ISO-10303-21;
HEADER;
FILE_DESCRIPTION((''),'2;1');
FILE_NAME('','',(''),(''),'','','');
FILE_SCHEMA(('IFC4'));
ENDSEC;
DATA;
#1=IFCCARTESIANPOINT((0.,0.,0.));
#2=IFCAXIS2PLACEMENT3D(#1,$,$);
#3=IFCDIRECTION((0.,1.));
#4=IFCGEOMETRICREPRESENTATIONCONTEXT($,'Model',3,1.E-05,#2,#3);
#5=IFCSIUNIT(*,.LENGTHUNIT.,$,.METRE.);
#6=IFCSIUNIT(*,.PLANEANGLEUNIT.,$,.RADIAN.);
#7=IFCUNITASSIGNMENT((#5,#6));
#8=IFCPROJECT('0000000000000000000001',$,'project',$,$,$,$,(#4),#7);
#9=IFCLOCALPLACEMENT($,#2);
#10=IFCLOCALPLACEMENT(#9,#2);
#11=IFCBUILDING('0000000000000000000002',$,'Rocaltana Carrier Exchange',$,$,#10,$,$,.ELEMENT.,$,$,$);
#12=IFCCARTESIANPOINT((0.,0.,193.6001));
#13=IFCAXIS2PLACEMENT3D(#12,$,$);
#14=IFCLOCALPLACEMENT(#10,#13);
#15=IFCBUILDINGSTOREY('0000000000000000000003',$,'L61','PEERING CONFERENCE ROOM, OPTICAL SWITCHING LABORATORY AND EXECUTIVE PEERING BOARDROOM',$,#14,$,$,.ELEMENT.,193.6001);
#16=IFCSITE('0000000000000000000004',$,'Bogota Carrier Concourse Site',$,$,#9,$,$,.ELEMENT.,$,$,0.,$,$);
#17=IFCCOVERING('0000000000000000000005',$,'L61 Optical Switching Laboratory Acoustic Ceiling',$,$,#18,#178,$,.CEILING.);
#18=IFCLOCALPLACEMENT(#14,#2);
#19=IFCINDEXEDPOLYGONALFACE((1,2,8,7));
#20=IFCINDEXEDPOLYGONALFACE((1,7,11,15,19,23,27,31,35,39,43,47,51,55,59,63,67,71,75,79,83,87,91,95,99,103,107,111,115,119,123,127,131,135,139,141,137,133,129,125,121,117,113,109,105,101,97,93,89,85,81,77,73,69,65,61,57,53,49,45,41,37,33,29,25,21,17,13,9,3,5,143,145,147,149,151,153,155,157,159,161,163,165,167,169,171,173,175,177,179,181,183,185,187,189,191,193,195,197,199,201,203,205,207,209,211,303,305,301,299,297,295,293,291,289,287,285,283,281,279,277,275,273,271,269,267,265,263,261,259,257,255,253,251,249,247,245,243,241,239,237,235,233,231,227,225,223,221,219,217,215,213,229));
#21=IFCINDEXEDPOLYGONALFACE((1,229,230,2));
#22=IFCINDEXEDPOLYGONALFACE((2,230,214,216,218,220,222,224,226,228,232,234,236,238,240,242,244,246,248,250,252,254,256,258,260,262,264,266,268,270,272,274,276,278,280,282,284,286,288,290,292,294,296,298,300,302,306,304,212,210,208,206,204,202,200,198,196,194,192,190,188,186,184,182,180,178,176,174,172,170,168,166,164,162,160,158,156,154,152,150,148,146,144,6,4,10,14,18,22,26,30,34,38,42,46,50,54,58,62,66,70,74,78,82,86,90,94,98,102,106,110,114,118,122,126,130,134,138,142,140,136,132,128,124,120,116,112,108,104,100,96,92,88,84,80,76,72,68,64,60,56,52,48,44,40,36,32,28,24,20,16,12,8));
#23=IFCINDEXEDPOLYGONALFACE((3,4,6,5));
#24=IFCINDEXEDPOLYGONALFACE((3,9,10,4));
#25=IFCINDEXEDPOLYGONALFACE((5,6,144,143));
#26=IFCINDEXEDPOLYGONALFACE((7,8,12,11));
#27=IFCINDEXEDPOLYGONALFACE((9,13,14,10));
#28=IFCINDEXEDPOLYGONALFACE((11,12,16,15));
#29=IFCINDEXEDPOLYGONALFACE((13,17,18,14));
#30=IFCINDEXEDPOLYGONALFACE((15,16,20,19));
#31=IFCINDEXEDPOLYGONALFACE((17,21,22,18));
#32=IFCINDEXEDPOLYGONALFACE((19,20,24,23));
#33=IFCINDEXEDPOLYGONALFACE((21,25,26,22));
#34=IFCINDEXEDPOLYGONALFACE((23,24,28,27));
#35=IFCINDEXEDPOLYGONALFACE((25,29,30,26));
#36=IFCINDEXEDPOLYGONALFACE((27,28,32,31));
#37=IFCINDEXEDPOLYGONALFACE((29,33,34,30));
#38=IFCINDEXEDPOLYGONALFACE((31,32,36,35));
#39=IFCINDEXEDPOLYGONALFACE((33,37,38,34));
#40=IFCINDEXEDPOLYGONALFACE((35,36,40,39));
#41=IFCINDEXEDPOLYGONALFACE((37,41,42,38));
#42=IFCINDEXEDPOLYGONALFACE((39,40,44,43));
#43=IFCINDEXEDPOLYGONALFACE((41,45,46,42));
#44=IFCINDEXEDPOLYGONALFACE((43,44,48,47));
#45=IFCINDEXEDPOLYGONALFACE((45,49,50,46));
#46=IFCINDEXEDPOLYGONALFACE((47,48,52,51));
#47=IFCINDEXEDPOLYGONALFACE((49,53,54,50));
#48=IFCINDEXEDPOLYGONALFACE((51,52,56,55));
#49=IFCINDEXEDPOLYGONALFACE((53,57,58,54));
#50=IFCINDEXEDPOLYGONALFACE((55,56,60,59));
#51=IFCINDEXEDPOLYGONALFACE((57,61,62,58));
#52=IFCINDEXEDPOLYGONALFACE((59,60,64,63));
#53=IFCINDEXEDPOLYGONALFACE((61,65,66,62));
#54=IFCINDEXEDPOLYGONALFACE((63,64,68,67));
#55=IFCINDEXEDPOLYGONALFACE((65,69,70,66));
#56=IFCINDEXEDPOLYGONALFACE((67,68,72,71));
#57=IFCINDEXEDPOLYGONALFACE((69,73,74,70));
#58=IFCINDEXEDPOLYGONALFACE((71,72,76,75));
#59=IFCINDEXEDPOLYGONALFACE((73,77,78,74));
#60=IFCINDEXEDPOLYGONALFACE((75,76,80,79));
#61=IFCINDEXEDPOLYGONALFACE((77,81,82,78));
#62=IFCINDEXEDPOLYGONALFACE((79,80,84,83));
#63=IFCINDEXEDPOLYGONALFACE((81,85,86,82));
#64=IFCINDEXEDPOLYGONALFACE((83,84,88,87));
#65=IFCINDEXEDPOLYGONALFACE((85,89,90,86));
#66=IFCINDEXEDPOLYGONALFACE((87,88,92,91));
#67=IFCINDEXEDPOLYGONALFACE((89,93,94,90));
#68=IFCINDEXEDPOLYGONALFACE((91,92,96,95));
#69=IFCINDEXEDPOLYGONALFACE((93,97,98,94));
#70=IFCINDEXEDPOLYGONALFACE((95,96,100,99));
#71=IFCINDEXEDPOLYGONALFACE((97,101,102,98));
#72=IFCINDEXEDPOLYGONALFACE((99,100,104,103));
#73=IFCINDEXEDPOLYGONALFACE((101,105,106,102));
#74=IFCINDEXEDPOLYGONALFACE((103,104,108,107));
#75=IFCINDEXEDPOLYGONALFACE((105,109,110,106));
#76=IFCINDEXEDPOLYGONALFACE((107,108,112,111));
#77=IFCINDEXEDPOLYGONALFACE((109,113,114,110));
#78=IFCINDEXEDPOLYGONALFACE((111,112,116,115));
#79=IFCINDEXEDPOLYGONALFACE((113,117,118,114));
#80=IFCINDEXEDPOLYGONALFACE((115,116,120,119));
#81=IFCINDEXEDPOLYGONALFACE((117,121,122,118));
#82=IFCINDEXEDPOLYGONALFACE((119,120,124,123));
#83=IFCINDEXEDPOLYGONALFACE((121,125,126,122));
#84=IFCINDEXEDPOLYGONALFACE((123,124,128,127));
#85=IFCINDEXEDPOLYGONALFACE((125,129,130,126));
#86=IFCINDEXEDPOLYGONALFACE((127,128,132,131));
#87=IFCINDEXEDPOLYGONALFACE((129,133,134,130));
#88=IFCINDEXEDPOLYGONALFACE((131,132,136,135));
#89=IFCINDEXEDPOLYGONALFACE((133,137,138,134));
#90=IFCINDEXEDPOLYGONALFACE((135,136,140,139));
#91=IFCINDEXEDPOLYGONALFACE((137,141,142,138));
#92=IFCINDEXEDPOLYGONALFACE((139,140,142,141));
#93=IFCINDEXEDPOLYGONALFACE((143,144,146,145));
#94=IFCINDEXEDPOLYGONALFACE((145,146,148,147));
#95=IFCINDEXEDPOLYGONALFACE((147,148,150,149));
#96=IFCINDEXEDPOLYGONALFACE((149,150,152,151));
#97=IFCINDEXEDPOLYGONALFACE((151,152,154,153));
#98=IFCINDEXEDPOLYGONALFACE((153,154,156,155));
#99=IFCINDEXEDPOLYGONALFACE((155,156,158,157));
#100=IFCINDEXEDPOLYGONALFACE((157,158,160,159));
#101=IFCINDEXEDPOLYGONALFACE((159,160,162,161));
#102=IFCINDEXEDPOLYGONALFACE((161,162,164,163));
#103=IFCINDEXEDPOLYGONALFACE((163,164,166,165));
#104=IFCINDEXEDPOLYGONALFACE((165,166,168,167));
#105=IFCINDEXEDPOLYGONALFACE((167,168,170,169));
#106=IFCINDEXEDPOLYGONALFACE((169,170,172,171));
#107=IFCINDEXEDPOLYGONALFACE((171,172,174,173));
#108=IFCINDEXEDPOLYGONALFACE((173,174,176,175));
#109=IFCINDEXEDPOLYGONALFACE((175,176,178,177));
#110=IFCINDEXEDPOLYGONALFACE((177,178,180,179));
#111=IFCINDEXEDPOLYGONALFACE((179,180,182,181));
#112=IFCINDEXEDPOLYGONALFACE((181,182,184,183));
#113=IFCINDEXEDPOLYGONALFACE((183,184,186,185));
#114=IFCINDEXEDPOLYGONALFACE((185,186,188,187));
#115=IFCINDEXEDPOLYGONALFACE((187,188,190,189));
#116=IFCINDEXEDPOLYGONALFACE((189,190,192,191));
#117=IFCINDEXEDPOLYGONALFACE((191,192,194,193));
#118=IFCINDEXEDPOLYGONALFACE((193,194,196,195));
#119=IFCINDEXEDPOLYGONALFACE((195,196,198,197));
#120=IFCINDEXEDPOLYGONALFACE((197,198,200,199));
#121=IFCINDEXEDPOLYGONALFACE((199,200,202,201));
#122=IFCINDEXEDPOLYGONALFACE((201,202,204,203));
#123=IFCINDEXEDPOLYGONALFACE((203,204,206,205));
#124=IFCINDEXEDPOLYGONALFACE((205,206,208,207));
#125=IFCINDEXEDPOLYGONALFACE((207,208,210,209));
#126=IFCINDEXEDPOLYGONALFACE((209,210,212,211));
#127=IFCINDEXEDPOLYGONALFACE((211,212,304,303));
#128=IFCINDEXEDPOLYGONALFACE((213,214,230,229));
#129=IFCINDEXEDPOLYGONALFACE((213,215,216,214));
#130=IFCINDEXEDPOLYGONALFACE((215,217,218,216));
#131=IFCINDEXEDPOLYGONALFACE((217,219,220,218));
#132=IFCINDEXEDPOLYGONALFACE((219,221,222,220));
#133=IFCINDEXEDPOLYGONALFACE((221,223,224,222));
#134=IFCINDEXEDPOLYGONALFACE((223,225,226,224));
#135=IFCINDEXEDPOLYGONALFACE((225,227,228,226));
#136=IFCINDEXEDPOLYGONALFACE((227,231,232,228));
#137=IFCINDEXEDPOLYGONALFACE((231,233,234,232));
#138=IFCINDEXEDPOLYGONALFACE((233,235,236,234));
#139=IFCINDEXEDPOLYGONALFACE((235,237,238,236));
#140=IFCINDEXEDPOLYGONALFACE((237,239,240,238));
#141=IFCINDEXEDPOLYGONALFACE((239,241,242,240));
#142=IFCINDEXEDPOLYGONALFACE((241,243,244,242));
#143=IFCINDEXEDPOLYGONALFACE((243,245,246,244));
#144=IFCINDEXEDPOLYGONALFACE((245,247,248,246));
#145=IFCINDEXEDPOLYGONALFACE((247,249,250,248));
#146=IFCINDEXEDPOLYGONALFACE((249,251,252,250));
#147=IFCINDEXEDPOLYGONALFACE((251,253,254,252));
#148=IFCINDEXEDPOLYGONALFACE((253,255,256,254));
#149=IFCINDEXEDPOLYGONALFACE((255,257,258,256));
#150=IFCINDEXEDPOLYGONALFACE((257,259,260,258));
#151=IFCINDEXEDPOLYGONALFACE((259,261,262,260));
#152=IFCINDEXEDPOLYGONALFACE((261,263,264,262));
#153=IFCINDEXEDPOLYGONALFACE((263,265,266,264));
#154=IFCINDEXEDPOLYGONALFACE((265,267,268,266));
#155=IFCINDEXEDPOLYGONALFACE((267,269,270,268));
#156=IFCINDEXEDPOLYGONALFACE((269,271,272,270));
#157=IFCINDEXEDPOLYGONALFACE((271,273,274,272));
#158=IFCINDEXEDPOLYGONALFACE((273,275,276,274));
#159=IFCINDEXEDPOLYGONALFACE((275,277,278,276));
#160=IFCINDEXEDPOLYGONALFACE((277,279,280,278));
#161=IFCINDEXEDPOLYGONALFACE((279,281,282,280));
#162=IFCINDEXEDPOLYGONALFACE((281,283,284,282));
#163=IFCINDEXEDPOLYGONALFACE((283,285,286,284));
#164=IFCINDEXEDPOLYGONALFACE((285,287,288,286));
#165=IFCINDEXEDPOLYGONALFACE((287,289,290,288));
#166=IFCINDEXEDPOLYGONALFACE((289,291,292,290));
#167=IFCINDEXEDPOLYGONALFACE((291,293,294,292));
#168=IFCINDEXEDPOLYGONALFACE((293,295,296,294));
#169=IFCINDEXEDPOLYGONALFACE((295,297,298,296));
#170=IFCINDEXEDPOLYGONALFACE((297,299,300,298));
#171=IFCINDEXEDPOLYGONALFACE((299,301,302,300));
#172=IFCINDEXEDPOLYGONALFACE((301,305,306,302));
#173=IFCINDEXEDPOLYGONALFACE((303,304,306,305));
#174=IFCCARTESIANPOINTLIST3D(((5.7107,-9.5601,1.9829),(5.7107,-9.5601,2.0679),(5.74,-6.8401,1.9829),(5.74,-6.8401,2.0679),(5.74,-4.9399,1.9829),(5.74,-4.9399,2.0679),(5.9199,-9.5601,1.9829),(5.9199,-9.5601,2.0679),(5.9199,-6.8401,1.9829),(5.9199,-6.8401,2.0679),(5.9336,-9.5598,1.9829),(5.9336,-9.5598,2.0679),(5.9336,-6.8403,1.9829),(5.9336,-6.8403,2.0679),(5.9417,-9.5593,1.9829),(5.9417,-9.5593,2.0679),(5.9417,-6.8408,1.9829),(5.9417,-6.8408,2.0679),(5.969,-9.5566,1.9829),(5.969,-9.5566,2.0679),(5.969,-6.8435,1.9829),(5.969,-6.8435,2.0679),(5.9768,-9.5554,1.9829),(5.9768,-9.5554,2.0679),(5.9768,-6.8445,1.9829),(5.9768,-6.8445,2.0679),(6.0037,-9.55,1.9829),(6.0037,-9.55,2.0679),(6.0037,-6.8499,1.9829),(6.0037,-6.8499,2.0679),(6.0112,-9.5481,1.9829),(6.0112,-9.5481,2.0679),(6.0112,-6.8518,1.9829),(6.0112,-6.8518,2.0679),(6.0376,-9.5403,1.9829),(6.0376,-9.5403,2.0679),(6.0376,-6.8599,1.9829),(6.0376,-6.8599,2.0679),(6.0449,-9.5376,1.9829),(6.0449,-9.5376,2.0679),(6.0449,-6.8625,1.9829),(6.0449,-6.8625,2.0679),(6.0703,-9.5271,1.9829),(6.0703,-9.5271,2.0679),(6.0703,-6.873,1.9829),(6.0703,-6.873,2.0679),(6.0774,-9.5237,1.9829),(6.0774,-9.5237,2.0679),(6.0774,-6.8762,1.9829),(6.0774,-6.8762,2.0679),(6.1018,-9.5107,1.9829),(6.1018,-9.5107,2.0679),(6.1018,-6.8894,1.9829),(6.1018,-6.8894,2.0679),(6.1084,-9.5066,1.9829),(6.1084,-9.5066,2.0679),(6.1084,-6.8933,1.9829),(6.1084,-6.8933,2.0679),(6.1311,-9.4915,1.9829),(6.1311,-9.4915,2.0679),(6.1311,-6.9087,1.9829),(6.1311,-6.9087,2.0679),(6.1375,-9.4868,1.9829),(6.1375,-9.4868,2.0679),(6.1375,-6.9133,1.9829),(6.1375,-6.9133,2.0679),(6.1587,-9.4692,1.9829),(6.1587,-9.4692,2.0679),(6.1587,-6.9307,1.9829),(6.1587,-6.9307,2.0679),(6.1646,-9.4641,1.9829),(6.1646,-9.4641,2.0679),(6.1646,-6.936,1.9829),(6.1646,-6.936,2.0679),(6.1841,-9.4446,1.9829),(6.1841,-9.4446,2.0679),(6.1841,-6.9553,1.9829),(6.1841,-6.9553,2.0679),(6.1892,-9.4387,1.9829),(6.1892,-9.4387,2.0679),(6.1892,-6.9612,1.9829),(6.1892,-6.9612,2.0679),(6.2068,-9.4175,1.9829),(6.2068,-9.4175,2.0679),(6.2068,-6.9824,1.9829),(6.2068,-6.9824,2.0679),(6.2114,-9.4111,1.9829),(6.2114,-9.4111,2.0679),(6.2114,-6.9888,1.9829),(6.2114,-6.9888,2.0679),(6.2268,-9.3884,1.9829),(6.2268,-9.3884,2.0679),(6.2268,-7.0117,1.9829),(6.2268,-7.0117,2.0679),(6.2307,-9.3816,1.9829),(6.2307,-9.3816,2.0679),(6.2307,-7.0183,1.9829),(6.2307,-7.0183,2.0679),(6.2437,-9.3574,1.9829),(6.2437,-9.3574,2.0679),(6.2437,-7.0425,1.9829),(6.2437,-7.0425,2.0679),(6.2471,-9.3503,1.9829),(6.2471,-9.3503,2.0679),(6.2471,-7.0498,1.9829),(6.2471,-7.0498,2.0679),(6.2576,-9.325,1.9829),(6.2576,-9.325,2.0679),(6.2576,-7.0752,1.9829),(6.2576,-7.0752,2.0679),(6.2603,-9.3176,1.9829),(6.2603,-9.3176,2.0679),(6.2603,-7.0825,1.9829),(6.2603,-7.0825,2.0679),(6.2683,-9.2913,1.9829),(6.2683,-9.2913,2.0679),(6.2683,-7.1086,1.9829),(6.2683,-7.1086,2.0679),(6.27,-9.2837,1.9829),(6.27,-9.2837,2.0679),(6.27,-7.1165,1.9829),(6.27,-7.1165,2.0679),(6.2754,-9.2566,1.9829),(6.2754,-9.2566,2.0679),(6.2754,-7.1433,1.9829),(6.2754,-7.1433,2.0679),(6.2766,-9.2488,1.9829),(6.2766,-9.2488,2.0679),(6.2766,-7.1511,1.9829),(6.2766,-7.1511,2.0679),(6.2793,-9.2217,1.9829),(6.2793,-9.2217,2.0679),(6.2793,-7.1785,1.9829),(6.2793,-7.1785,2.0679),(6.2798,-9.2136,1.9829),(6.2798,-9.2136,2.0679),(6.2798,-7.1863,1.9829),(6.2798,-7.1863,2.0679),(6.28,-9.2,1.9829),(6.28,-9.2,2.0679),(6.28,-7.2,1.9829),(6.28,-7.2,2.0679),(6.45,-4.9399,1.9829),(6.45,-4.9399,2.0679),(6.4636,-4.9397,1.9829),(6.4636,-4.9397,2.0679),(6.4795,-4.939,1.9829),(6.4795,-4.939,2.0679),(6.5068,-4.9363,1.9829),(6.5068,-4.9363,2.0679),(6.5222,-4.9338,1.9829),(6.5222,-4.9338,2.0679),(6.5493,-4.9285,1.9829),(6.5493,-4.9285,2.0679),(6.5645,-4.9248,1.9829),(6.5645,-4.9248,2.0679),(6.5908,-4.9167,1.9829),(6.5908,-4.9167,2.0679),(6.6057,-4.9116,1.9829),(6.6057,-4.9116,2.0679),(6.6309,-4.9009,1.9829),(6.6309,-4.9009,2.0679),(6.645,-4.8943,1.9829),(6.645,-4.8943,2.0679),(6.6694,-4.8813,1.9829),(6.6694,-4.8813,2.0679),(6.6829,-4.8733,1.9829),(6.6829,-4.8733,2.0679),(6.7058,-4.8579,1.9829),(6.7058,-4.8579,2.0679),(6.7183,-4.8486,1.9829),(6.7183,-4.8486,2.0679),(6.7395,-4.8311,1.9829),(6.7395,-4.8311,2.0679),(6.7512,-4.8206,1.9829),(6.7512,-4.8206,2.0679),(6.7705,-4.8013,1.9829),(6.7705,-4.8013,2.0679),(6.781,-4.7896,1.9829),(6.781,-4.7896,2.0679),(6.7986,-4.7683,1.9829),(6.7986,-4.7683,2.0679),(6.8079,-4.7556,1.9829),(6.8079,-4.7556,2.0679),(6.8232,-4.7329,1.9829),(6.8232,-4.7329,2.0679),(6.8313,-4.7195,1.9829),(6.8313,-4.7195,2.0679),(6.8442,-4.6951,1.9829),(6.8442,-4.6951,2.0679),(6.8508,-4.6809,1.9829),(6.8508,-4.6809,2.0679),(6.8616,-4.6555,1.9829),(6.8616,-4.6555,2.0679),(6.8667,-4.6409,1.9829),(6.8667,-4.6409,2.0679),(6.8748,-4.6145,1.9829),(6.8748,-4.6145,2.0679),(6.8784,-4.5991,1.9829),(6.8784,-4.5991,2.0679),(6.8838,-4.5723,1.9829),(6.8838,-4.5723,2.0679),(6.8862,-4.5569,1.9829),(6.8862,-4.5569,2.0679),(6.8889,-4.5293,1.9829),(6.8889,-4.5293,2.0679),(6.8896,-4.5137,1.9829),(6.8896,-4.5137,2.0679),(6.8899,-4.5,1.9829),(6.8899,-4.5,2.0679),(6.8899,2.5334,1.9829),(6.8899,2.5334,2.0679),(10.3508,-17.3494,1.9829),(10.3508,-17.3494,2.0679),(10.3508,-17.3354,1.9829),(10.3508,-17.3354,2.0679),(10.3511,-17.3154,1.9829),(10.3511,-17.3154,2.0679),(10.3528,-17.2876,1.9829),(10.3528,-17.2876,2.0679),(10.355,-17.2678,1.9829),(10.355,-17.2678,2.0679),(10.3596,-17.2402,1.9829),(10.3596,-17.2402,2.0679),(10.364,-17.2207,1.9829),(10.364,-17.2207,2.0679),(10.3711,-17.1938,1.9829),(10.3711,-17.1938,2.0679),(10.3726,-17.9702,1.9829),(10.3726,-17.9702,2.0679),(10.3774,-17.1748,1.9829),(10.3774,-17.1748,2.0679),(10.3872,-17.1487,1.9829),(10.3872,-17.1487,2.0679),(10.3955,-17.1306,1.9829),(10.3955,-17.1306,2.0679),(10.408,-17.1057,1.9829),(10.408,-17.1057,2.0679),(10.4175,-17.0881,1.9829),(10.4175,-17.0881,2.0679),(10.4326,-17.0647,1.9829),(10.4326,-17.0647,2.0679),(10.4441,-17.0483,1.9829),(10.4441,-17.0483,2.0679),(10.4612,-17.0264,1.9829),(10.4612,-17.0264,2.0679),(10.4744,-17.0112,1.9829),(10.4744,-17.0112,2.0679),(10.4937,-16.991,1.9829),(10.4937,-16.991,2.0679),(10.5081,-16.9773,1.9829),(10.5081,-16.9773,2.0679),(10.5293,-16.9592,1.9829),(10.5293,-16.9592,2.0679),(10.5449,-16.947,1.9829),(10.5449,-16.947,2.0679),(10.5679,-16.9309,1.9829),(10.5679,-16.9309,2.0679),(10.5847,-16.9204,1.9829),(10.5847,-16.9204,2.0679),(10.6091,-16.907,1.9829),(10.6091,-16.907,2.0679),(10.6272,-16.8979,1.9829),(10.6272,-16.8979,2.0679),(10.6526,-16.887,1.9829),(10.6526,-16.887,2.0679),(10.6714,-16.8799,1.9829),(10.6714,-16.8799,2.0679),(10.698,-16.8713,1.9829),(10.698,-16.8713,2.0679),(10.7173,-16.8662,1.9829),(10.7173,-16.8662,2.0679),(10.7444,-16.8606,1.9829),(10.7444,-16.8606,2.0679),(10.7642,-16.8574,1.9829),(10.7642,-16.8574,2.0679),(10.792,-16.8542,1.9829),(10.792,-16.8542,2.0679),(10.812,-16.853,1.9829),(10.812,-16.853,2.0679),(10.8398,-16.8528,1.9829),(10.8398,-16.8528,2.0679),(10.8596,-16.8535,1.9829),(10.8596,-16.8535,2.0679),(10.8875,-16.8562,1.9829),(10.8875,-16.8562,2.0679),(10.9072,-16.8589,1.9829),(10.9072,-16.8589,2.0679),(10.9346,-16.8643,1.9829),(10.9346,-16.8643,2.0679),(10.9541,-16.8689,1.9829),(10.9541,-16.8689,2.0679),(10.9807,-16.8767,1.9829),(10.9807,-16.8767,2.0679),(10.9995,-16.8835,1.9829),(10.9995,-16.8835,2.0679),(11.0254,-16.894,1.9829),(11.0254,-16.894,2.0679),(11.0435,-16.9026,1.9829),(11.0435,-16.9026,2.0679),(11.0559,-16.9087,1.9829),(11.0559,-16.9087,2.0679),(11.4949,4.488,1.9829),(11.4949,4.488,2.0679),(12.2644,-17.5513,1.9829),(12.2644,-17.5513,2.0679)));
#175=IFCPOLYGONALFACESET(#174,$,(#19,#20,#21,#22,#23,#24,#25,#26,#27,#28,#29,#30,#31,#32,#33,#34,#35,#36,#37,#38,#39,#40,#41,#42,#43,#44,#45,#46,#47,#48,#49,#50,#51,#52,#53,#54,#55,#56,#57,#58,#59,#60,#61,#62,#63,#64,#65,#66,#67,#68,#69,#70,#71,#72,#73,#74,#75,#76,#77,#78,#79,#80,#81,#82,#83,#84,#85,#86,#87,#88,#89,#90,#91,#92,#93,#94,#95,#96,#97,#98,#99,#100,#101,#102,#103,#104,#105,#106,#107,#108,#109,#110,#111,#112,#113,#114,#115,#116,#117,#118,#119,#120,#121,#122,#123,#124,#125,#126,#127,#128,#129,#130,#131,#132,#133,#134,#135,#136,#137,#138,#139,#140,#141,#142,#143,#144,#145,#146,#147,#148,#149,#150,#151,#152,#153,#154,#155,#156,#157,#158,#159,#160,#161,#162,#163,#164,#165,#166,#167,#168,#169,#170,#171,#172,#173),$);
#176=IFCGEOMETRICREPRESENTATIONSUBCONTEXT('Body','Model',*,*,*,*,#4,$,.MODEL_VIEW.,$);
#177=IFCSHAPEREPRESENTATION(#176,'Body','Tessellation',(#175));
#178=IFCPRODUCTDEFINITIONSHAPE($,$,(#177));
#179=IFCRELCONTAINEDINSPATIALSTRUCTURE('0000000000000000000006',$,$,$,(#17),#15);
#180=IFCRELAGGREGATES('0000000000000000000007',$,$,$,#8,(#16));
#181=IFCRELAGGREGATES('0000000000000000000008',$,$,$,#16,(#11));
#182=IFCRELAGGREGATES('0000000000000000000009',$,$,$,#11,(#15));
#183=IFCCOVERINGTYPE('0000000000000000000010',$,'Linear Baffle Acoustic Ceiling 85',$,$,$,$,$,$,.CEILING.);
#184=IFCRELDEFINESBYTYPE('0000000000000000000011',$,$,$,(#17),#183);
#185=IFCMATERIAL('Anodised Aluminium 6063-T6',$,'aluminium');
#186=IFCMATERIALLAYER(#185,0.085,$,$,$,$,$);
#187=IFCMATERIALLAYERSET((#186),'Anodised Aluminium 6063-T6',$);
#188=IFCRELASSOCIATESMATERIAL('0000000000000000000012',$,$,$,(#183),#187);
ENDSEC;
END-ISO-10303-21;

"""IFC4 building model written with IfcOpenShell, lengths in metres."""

from ifc_helpers import new_model, si_unit, direction, frame, origin, place, context, subcontext, project, spatial, polyline, outline, extrude, material, layer, layer_set, type_object, element, save


model = new_model("IFC4")

# Units and contexts
model_context = context("Model", 3, precision=1e-05, world=origin(), true_north=direction((0.0, 1.0)))
body_context = subcontext(model_context, "Body", "Model", "MODEL_VIEW")
ifc_project = project(units=[si_unit("LENGTHUNIT", "METRE"), si_unit("PLANEANGLEUNIT", "RADIAN")], contexts=[model_context])

# Site, building, storey
site_placement = place(None, origin())
site = spatial("IfcSite", under=ifc_project, at=site_placement, Name="Bogota Carrier Concourse Site", CompositionType="ELEMENT", RefElevation=0.0)
building_placement = place(site_placement, origin())
building = spatial("IfcBuilding", under=site, at=building_placement, Name="Rocaltana Carrier Exchange", CompositionType="ELEMENT")
storey_placement = place(building_placement, frame((0.0, 0.0, 193.6001)))
storey = spatial("IfcBuildingStorey", under=building, at=storey_placement, Name="L61", Description="PEERING CONFERENCE ROOM, OPTICAL SWITCHING LABORATORY AND EXECUTIVE PEERING BOARDROOM", CompositionType="ELEMENT", Elevation=193.6001)

# Covering
ifc_material_1 = material(Name="Anodised Aluminium 6063-T6", Category="aluminium")
ifc_layer_1 = layer(ifc_material_1, 0.085)
ifc_layer_set_1 = layer_set([ifc_layer_1], Name="Anodised Aluminium 6063-T6")
covering_type_1 = type_object("IfcCoveringType", Name="Linear Baffle Acoustic Ceiling 85", PredefinedType="CEILING", material=ifc_layer_set_1)
covering_1_placement = place(storey_placement, frame((0.0, 0.0, 1.9829)))
element("IfcCovering", 1, at=covering_1_placement, inside=storey, type_object=covering_type_1, Name="L61 Optical Switching Laboratory Acoustic Ceiling", PredefinedType="CEILING", context=body_context, shape_type="SweptSolid", body=[
    extrude(outline(polyline([(5.74, -6.8401), (5.74, -4.9399), (6.45, -4.9399), (6.4636, -4.9397), (6.4795, -4.939), (6.5068, -4.9363), (6.5222, -4.9338), (6.5493, -4.9285), (6.5645, -4.9248), (6.5908, -4.9167), (6.6057, -4.9116), (6.6309, -4.9009), (6.645, -4.8943), (6.6694, -4.8813), (6.6829, -4.8733), (6.7058, -4.8579), (6.7183, -4.8486), (6.7395, -4.8311), (6.7512, -4.8206), (6.7705, -4.8013), (6.781, -4.7896), (6.7986, -4.7683), (6.8079, -4.7556), (6.8232, -4.7329), (6.8313, -4.7195), (6.8442, -4.6951), (6.8508, -4.6809), (6.8616, -4.6555), (6.8667, -4.6409), (6.8748, -4.6145), (6.8784, -4.5991), (6.8838, -4.5723), (6.8862, -4.5569), (6.8889, -4.5293), (6.8896, -4.5137), (6.8899, -4.5), (6.8899, 2.5334), (11.4949, 4.488), (12.2644, -17.5513), (11.0559, -16.9087), (11.0435, -16.9026), (11.0254, -16.894), (10.9995, -16.8835), (10.9807, -16.8767), (10.9541, -16.8689), (10.9346, -16.8643), (10.9072, -16.8589), (10.8875, -16.8562), (10.8596, -16.8535), (10.8398, -16.8528), (10.812, -16.853), (10.792, -16.8542), (10.7642, -16.8574), (10.7444, -16.8606), (10.7173, -16.8662), (10.698, -16.8713), (10.6714, -16.8799), (10.6526, -16.887), (10.6272, -16.8979), (10.6091, -16.907), (10.5847, -16.9204), (10.5679, -16.9309), (10.5449, -16.947), (10.5293, -16.9592), (10.5081, -16.9773), (10.4937, -16.991), (10.4744, -17.0112), (10.4612, -17.0264), (10.4441, -17.0483), (10.4326, -17.0647), (10.4175, -17.0881), (10.408, -17.1057), (10.3955, -17.1306), (10.3872, -17.1487), (10.3774, -17.1748), (10.3711, -17.1938), (10.364, -17.2207), (10.3596, -17.2402), (10.355, -17.2678), (10.3528, -17.2876), (10.3511, -17.3154), (10.3508, -17.3354), (10.3508, -17.3494), (10.3726, -17.9702), (5.7107, -9.5601), (5.9199, -9.5601), (5.9336, -9.5598), (5.9417, -9.5593), (5.969, -9.5566), (5.9768, -9.5554), (6.0037, -9.55), (6.0112, -9.5481), (6.0376, -9.5403), (6.0449, -9.5376), (6.0703, -9.5271), (6.0774, -9.5237), (6.1018, -9.5107), (6.1084, -9.5066), (6.1311, -9.4915), (6.1375, -9.4868), (6.1587, -9.4692), (6.1646, -9.4641), (6.1841, -9.4446), (6.1892, -9.4387), (6.2068, -9.4175), (6.2114, -9.4111), (6.2268, -9.3884), (6.2307, -9.3816), (6.2437, -9.3574), (6.2471, -9.3503), (6.2576, -9.325), (6.2603, -9.3176), (6.2683, -9.2913), (6.27, -9.2837), (6.2754, -9.2566), (6.2766, -9.2488), (6.2793, -9.2217), (6.2798, -9.2136), (6.28, -9.2), (6.28, -7.2), (6.2798, -7.1863), (6.2793, -7.1785), (6.2766, -7.1511), (6.2754, -7.1433), (6.27, -7.1165), (6.2683, -7.1086), (6.2603, -7.0825), (6.2576, -7.0752), (6.2471, -7.0498), (6.2437, -7.0425), (6.2307, -7.0183), (6.2268, -7.0117), (6.2114, -6.9888), (6.2068, -6.9824), (6.1892, -6.9612), (6.1841, -6.9553), (6.1646, -6.936), (6.1587, -6.9307), (6.1375, -6.9133), (6.1311, -6.9087), (6.1084, -6.8933), (6.1018, -6.8894), (6.0774, -6.8762), (6.0703, -6.873), (6.0449, -6.8625), (6.0376, -6.8599), (6.0112, -6.8518), (6.0037, -6.8499), (5.9768, -6.8445), (5.969, -6.8435), (5.9417, -6.8408), (5.9336, -6.8403), (5.9199, -6.8401), (5.74, -6.8401)])), origin(), (0.0, 0.0, 1.0), 0.085),
])

save(model, "model.ifc")
